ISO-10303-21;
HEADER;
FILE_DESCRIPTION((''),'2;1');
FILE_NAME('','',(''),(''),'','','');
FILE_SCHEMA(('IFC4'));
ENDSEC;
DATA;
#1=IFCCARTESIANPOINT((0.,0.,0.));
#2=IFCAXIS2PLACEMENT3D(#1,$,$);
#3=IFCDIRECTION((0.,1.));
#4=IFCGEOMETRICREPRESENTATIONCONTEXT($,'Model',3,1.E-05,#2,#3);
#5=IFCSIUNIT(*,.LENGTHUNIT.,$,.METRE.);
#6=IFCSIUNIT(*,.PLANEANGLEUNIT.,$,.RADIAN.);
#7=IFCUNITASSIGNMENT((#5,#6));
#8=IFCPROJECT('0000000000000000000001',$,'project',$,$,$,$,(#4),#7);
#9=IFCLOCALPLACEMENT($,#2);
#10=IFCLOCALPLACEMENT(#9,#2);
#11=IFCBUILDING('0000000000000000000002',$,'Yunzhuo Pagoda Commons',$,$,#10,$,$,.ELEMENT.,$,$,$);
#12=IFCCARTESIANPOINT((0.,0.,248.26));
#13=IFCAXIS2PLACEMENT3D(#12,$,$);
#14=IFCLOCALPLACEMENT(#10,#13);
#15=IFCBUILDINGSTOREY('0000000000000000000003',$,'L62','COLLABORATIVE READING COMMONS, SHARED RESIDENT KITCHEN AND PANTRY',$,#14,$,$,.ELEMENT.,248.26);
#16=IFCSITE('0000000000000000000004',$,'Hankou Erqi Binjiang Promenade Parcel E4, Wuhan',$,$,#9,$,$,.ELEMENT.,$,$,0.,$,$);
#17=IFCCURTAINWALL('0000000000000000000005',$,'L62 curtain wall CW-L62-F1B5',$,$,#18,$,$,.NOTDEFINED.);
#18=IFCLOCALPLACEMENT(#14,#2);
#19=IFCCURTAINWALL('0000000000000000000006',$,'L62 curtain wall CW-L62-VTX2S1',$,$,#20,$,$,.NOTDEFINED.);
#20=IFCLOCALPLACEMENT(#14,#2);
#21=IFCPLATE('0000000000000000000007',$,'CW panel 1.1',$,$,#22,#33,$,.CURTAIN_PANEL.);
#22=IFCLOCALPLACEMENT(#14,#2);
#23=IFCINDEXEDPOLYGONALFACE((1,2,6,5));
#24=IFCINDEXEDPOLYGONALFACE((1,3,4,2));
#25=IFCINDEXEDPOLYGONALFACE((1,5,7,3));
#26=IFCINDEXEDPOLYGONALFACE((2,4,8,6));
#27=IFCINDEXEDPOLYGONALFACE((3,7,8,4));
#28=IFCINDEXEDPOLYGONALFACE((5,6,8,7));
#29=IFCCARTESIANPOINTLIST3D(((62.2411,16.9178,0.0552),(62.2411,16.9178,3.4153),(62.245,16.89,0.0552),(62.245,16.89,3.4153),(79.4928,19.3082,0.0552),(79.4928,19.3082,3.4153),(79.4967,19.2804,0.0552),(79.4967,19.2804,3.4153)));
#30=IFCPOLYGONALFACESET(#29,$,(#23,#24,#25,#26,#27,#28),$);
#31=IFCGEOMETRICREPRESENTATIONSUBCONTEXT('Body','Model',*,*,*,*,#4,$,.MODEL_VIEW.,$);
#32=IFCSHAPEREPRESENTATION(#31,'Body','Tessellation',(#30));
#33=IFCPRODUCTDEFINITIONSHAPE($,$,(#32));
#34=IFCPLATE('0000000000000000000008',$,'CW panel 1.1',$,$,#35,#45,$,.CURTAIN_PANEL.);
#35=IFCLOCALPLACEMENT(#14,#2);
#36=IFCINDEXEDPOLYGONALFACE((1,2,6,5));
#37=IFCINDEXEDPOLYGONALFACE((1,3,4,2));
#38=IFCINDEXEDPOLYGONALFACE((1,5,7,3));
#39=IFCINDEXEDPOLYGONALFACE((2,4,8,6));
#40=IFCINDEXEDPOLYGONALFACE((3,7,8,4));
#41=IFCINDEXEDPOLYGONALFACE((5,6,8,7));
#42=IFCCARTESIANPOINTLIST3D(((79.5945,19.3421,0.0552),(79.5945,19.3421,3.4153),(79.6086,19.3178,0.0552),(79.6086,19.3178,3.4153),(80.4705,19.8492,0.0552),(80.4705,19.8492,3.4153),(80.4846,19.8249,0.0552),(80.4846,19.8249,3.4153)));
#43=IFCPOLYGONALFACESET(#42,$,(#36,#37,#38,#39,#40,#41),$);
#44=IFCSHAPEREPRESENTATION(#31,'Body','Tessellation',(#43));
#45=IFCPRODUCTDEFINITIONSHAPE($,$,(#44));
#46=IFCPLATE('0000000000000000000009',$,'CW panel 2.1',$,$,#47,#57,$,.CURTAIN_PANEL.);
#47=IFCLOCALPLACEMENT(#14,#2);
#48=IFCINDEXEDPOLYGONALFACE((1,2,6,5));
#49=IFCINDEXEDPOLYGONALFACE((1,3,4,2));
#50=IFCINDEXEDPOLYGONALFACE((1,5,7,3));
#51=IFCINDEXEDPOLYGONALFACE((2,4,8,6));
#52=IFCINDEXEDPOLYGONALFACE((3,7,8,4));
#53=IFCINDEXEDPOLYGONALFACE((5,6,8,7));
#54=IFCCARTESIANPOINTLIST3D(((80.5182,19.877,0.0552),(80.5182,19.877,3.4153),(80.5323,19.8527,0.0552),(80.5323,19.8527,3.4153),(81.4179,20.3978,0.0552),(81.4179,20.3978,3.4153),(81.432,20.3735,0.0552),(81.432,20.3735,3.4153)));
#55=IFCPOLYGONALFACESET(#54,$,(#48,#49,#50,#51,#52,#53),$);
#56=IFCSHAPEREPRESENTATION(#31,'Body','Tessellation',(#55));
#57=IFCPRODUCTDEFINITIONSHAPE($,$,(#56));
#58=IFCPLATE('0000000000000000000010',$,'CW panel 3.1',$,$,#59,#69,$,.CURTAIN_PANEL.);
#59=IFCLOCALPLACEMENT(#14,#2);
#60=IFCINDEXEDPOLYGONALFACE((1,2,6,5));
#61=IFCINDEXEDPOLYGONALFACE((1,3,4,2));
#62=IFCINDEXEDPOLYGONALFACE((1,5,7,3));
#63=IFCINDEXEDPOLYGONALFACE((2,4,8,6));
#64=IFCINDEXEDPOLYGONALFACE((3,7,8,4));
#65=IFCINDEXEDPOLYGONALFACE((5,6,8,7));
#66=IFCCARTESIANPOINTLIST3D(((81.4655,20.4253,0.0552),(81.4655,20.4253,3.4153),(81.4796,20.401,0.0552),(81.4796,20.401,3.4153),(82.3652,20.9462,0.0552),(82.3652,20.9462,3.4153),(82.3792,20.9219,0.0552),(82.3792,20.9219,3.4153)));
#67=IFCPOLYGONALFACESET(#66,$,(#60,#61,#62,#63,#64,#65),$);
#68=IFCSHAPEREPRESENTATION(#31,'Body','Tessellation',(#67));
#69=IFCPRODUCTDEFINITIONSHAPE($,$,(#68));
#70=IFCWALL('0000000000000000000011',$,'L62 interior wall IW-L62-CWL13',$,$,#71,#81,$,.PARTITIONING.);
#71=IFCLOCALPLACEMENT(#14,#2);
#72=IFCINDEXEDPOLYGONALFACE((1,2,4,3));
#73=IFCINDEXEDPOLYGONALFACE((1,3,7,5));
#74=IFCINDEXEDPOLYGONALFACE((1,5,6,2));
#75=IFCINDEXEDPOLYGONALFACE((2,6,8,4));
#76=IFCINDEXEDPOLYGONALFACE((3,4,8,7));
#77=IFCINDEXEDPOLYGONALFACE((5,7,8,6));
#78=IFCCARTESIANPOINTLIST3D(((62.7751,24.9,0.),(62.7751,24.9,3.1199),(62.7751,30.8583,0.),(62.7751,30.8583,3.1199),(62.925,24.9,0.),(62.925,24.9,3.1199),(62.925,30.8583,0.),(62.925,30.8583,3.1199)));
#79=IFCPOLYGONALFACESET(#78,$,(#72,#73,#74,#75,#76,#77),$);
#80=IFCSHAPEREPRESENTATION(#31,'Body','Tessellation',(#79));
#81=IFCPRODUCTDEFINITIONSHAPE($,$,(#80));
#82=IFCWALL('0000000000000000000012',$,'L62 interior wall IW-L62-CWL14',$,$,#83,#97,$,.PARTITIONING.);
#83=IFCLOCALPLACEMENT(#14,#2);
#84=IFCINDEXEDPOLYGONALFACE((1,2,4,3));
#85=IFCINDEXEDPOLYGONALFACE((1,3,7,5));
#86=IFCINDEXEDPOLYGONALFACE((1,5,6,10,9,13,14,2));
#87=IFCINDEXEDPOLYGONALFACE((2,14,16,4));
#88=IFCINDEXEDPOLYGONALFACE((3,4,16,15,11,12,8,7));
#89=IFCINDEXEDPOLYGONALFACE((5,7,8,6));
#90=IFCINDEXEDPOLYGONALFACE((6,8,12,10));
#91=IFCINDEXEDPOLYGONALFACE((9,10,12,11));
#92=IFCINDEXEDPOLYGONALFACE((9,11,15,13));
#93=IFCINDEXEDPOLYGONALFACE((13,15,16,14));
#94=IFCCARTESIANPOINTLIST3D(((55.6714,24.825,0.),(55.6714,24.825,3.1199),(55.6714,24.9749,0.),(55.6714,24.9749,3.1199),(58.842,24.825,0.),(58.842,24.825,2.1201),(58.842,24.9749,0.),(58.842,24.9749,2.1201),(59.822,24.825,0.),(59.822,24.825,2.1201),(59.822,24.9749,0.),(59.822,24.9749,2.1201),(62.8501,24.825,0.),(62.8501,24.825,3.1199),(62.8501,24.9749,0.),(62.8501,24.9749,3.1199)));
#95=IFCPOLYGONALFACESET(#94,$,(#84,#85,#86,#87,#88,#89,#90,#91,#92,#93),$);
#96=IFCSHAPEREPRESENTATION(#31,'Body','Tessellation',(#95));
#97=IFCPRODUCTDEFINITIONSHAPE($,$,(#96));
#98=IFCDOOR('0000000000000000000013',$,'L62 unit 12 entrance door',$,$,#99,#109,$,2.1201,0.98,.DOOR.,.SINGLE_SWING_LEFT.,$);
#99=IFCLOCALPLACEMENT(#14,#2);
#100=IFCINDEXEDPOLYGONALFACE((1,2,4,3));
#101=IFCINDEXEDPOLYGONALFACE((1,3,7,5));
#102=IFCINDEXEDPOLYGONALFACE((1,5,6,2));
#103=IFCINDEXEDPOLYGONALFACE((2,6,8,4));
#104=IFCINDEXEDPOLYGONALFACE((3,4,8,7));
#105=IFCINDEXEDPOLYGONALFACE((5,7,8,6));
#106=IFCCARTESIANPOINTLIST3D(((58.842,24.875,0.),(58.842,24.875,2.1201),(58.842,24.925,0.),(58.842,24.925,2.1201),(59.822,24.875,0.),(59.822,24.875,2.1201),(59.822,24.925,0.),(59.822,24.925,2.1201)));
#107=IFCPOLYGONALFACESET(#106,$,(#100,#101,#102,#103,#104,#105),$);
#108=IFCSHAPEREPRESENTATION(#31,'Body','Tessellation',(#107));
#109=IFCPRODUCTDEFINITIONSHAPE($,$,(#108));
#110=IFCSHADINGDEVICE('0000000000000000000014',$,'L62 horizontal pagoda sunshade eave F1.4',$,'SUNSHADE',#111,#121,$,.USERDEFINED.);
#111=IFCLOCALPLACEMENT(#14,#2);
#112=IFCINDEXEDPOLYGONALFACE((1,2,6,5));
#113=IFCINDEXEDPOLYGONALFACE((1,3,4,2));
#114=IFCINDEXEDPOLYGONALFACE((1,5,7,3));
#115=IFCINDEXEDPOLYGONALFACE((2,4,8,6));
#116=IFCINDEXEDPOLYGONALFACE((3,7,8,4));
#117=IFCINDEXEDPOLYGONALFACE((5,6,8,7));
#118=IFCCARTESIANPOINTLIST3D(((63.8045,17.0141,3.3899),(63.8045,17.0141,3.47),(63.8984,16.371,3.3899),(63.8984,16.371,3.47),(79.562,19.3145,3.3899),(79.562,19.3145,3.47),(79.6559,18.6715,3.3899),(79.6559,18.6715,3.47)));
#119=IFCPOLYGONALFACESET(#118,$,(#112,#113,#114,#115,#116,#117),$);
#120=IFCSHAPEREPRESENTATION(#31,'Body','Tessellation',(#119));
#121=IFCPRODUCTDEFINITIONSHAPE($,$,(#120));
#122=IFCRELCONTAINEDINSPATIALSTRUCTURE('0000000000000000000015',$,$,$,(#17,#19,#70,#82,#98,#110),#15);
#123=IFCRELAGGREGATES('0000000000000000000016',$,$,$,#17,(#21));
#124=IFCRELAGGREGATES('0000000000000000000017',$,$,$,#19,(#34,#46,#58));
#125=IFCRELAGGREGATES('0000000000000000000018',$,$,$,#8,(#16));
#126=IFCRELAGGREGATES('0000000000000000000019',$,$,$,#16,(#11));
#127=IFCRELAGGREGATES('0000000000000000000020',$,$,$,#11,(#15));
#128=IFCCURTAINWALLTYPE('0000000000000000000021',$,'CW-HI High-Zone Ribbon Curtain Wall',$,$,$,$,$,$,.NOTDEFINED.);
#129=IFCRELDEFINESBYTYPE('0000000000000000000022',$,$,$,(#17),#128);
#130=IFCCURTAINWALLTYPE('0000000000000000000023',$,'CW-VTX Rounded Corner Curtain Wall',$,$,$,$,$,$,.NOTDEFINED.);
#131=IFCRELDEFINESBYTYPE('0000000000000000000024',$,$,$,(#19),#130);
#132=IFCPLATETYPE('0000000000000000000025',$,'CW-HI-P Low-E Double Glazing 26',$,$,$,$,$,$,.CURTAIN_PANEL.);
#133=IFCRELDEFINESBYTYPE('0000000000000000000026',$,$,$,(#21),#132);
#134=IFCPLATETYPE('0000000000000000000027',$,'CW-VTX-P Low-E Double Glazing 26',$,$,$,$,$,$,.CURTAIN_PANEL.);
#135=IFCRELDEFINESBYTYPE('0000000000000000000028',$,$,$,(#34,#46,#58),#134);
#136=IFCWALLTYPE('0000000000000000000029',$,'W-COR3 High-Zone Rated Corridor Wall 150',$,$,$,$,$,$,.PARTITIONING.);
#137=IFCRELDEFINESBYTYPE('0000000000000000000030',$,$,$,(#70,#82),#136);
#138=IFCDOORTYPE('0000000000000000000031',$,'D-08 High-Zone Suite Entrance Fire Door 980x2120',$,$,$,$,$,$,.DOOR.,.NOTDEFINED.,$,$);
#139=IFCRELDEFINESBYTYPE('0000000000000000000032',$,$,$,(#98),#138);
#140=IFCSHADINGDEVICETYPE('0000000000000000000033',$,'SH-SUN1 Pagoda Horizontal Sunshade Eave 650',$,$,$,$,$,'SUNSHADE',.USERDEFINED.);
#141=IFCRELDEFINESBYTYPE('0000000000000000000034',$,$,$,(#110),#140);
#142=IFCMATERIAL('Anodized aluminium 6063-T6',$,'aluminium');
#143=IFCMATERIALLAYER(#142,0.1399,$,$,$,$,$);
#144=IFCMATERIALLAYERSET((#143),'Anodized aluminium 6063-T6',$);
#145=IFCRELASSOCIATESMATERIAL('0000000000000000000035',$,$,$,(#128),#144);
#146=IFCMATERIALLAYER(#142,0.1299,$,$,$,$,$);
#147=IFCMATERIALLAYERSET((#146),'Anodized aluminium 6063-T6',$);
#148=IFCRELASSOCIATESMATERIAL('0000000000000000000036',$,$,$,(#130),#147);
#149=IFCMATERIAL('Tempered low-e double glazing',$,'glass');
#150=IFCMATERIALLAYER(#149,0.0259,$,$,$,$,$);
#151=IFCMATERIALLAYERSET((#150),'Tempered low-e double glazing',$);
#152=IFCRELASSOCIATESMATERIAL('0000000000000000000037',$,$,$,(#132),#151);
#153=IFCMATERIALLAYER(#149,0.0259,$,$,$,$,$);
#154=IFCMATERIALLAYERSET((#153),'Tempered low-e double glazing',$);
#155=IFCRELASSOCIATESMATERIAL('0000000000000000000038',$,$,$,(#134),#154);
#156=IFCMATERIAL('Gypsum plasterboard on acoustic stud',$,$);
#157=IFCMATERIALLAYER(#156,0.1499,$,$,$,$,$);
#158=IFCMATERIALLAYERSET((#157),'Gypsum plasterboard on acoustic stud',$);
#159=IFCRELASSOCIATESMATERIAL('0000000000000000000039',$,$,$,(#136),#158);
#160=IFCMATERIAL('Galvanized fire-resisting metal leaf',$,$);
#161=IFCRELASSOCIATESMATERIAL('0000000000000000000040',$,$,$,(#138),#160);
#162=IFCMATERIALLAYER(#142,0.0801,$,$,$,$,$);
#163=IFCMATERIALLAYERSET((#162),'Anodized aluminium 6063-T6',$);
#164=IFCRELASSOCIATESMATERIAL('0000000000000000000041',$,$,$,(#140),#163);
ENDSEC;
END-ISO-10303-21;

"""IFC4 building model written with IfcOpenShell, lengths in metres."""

from ifc_helpers import new_model, si_unit, direction, frame, frame_2d, origin, origin_with_axes, origin_2d, place, context, subcontext, project, spatial, rectangle, extrude, source, transform, mapped, material, layer, layer_set, type_object, element, fill, aggregate, save


model = new_model("IFC4")

# Units and contexts
model_context = context("Model", 3, precision=1e-05, world=origin(), true_north=direction((0.0, 1.0)))
body_context = subcontext(model_context, "Body", "Model", "MODEL_VIEW")
ifc_project = project(units=[si_unit("LENGTHUNIT", "METRE"), si_unit("PLANEANGLEUNIT", "RADIAN")], contexts=[model_context])

# Site, building, storey
site_placement = place(None, origin())
site = spatial("IfcSite", under=ifc_project, at=site_placement, Name="Hankou Erqi Binjiang Promenade Parcel E4, Wuhan", CompositionType="ELEMENT", RefElevation=0.0)
building_placement = place(site_placement, origin())
building = spatial("IfcBuilding", under=site, at=building_placement, Name="Yunzhuo Pagoda Commons", CompositionType="ELEMENT")
storey_placement = place(building_placement, frame((0.0, 0.0, 248.26)))
storey = spatial("IfcBuildingStorey", under=building, at=storey_placement, Name="L62", Description="COLLABORATIVE READING COMMONS, SHARED RESIDENT KITCHEN AND PANTRY", CompositionType="ELEMENT", Elevation=248.26)

# Shared definitions
ifc_material_1 = material(Name="Anodized aluminium 6063-T6", Category="aluminium")
ifc_layer_1 = layer(ifc_material_1, 0.1399)
ifc_layer_set_1 = layer_set([ifc_layer_1], Name="Anodized aluminium 6063-T6")
curtain_wall_type_1 = type_object("IfcCurtainWallType", Name="CW-HI High-Zone Ribbon Curtain Wall", PredefinedType="NOTDEFINED", material=ifc_layer_set_1)

# Curtain walls
curtain_wall_1_placement = place(storey_placement, origin())
curtain_wall_1 = element("IfcCurtainWall", 1, at=curtain_wall_1_placement, inside=storey, type_object=curtain_wall_type_1, Name="L62 curtain wall CW-L62-F1B5", PredefinedType="NOTDEFINED")
ifc_layer_2 = layer(ifc_material_1, 0.1299)
ifc_layer_set_2 = layer_set([ifc_layer_2], Name="Anodized aluminium 6063-T6")
curtain_wall_type_2 = type_object("IfcCurtainWallType", Name="CW-VTX Rounded Corner Curtain Wall", PredefinedType="NOTDEFINED", material=ifc_layer_set_2)
curtain_wall_2_placement = place(storey_placement, origin())
curtain_wall_2 = element("IfcCurtainWall", 2, at=curtain_wall_2_placement, inside=storey, type_object=curtain_wall_type_2, Name="L62 curtain wall CW-L62-VTX2S1", PredefinedType="NOTDEFINED")

# Plates
ifc_material_2 = material(Name="Tempered low-e double glazing", Category="glass")
ifc_layer_3 = layer(ifc_material_2, 0.0259)
ifc_layer_set_3 = layer_set([ifc_layer_3], Name="Tempered low-e double glazing")
plate_type_1 = type_object("IfcPlateType", Name="CW-HI-P Low-E Double Glazing 26", PredefinedType="CURTAIN_PANEL", material=ifc_layer_set_3)
shared_shape_1 = source(origin(), body_context, "Body", "SweptSolid", [
    extrude(rectangle(XDim=17.4165, YDim=0.0281, at=origin_2d()), origin(), (0.0, 0.0, 1.0), 3.3601),
])
plate_1_placement = place(storey_placement, frame((70.8689, 18.0991, 0.0552), z_axis=(0.0, 0.0, 1.0), x_axis=(0.990536, 0.13725, 0.0)))
plate_1 = element("IfcPlate", 3, at=plate_1_placement, type_object=plate_type_1, Name="CW panel 1.1", PredefinedType="CURTAIN_PANEL", context=body_context, shape_type="MappedRepresentation", body=[
    mapped(shared_shape_1, transform((0.0, 0.0, 0.0), scale=1.0)),
])
aggregate(curtain_wall_1, [plate_1])
ifc_layer_4 = layer(ifc_material_2, 0.0259)
ifc_layer_set_4 = layer_set([ifc_layer_4], Name="Tempered low-e double glazing")
plate_type_2 = type_object("IfcPlateType", Name="CW-VTX-P Low-E Double Glazing 26", PredefinedType="CURTAIN_PANEL", material=ifc_layer_set_4)
shared_shape_2 = source(origin(), body_context, "Body", "SweptSolid", [
    extrude(rectangle(XDim=1.0122, YDim=0.0281, at=origin_2d()), origin(), (0.0, 0.0, 1.0), 3.3601),
])
plate_2_placement = place(storey_placement, frame((80.0396, 19.5835, 0.0552), z_axis=(0.0, 0.0, 1.0), x_axis=(0.865427, 0.501035, 0.0)))
plate_2 = element("IfcPlate", 4, at=plate_2_placement, type_object=plate_type_2, Name="CW panel 1.1", PredefinedType="CURTAIN_PANEL", context=body_context, shape_type="MappedRepresentation", body=[
    mapped(shared_shape_2, transform((0.0, 0.0, 0.0), scale=1.0)),
])
shared_shape_3 = source(origin(), body_context, "Body", "SweptSolid", [
    extrude(rectangle(XDim=1.0396, YDim=0.0281, at=origin_2d()), origin(), (0.0, 0.0, 1.0), 3.3601),
])
plate_3_placement = place(storey_placement, frame((80.9751, 20.1252, 0.0552), z_axis=(0.0, 0.0, 1.0), x_axis=(0.865427, 0.501035, 0.0)))
plate_3 = element("IfcPlate", 5, at=plate_3_placement, type_object=plate_type_2, Name="CW panel 2.1", PredefinedType="CURTAIN_PANEL", context=body_context, shape_type="MappedRepresentation", body=[
    mapped(shared_shape_3, transform((0.0, 0.0, 0.0), scale=1.0)),
])
plate_4_placement = place(storey_placement, frame((81.9224, 20.6736, 0.0552), z_axis=(0.0, 0.0, 1.0), x_axis=(0.865427, 0.501035, 0.0)))
plate_4 = element("IfcPlate", 6, at=plate_4_placement, type_object=plate_type_2, Name="CW panel 3.1", PredefinedType="CURTAIN_PANEL", context=body_context, shape_type="MappedRepresentation", body=[
    mapped(shared_shape_3, transform((0.0, 0.0, 0.0), scale=1.0)),
])
aggregate(curtain_wall_2, [plate_2, plate_3, plate_4])

# Wall
ifc_material_3 = material(Name="Gypsum plasterboard on acoustic stud")
ifc_layer_5 = layer(ifc_material_3, 0.1499)
ifc_layer_set_5 = layer_set([ifc_layer_5], Name="Gypsum plasterboard on acoustic stud")
wall_type = type_object("IfcWallType", Name="W-COR3 High-Zone Rated Corridor Wall 150", PredefinedType="PARTITIONING", material=ifc_layer_set_5)
wall_1_placement = place(storey_placement, frame((62.8501, 30.8582, 0.0), z_axis=(0.0, 0.0, 1.0), x_axis=(0.0, -1.0, 0.0)))
element("IfcWall", 7, at=wall_1_placement, inside=storey, type_object=wall_type, Name="L62 interior wall IW-L62-CWL13", PredefinedType="PARTITIONING", context=body_context, shape_type="SweptSolid", body=[
    extrude(rectangle(XDim=5.9583, YDim=0.1499, at=frame_2d((2.979, 0.0))), origin(), (0.0, 0.0, 1.0), 3.1199),
])

# Wall, opening, door
wall_2_placement = place(storey_placement, frame((62.8501, 24.8999, 0.0), z_axis=(0.0, 0.0, 1.0), x_axis=(-1.0, 0.0, 0.0)))
wall_2 = element("IfcWall", 8, at=wall_2_placement, inside=storey, type_object=wall_type, Name="L62 interior wall IW-L62-CWL14", PredefinedType="PARTITIONING", context=body_context, shape_type="SweptSolid", body=[
    extrude(rectangle(XDim=7.1787, YDim=0.1499, at=frame_2d((3.5894, 0.0))), origin(), (0.0, 0.0, 1.0), 3.1199),
])
opening_placement = place(wall_2_placement, frame((3.0281, 0.0, 0.0)))
opening = element("IfcOpeningElement", 9, at=opening_placement, cuts=wall_2, PredefinedType="OPENING", context=body_context, shape_type="SweptSolid", body=[
    extrude(rectangle(XDim=0.98, YDim=2.1201, at=frame_2d((0.49, 1.0601))), frame((0.0, 0.085, 0.0), z_axis=(0.0, -1.0, 0.0), x_axis=(1.0, 0.0, 0.0)), (0.0, 0.0, 1.0), 0.1699),
])
ifc_material_4 = material(Name="Galvanized fire-resisting metal leaf")
door_type = type_object("IfcDoorType", Name="D-08 High-Zone Suite Entrance Fire Door 980x2120", OperationType="NOTDEFINED", PredefinedType="DOOR", material=ifc_material_4)
shared_shape_4 = source(origin(), body_context, "Body", "SweptSolid", [
    extrude(rectangle(XDim=0.98, YDim=2.1201, at=frame_2d((0.49, 1.0601))), frame((0.0, 0.0249, 0.0), z_axis=(0.0, -1.0, 0.0), x_axis=(1.0, 0.0, 0.0)), (0.0, 0.0, 1.0), 0.05),
])
door_placement = place(opening_placement, origin_with_axes())
door = element("IfcDoor", 10, at=door_placement, inside=storey, type_object=door_type, Name="L62 unit 12 entrance door", OperationType="SINGLE_SWING_LEFT", OverallHeight=2.1201, OverallWidth=0.98, PredefinedType="DOOR", context=body_context, shape_type="MappedRepresentation", body=[
    mapped(shared_shape_4, transform((0.0, 0.0, 0.0), scale=1.0)),
])
fill(opening, door)

# Shading device
ifc_layer_6 = layer(ifc_material_1, 0.0801)
ifc_layer_set_6 = layer_set([ifc_layer_6], Name="Anodized aluminium 6063-T6")
shading_device_type = type_object("IfcShadingDeviceType", Name="SH-SUN1 Pagoda Horizontal Sunshade Eave 650", ElementType="SUNSHADE", PredefinedType="USERDEFINED", material=ifc_layer_set_6)
shared_shape_5 = source(origin(), body_context, "Body", "SweptSolid", [
    extrude(rectangle(XDim=15.9246, YDim=0.6499, at=origin_2d()), origin(), (0.0, 0.0, 1.0), 0.0801),
])
shading_device_placement = place(storey_placement, frame((71.7302, 17.8428, 3.3899), z_axis=(0.0, 0.0, 1.0), x_axis=(0.989511, 0.14446, 0.0)))
element("IfcShadingDevice", 11, at=shading_device_placement, inside=storey, type_object=shading_device_type, Name="L62 horizontal pagoda sunshade eave F1.4", ObjectType="SUNSHADE", PredefinedType="USERDEFINED", context=body_context, shape_type="MappedRepresentation", body=[
    mapped(shared_shape_5, transform((0.0, 0.0, 0.0), scale=1.0)),
])

save(model, "model.ifc")
